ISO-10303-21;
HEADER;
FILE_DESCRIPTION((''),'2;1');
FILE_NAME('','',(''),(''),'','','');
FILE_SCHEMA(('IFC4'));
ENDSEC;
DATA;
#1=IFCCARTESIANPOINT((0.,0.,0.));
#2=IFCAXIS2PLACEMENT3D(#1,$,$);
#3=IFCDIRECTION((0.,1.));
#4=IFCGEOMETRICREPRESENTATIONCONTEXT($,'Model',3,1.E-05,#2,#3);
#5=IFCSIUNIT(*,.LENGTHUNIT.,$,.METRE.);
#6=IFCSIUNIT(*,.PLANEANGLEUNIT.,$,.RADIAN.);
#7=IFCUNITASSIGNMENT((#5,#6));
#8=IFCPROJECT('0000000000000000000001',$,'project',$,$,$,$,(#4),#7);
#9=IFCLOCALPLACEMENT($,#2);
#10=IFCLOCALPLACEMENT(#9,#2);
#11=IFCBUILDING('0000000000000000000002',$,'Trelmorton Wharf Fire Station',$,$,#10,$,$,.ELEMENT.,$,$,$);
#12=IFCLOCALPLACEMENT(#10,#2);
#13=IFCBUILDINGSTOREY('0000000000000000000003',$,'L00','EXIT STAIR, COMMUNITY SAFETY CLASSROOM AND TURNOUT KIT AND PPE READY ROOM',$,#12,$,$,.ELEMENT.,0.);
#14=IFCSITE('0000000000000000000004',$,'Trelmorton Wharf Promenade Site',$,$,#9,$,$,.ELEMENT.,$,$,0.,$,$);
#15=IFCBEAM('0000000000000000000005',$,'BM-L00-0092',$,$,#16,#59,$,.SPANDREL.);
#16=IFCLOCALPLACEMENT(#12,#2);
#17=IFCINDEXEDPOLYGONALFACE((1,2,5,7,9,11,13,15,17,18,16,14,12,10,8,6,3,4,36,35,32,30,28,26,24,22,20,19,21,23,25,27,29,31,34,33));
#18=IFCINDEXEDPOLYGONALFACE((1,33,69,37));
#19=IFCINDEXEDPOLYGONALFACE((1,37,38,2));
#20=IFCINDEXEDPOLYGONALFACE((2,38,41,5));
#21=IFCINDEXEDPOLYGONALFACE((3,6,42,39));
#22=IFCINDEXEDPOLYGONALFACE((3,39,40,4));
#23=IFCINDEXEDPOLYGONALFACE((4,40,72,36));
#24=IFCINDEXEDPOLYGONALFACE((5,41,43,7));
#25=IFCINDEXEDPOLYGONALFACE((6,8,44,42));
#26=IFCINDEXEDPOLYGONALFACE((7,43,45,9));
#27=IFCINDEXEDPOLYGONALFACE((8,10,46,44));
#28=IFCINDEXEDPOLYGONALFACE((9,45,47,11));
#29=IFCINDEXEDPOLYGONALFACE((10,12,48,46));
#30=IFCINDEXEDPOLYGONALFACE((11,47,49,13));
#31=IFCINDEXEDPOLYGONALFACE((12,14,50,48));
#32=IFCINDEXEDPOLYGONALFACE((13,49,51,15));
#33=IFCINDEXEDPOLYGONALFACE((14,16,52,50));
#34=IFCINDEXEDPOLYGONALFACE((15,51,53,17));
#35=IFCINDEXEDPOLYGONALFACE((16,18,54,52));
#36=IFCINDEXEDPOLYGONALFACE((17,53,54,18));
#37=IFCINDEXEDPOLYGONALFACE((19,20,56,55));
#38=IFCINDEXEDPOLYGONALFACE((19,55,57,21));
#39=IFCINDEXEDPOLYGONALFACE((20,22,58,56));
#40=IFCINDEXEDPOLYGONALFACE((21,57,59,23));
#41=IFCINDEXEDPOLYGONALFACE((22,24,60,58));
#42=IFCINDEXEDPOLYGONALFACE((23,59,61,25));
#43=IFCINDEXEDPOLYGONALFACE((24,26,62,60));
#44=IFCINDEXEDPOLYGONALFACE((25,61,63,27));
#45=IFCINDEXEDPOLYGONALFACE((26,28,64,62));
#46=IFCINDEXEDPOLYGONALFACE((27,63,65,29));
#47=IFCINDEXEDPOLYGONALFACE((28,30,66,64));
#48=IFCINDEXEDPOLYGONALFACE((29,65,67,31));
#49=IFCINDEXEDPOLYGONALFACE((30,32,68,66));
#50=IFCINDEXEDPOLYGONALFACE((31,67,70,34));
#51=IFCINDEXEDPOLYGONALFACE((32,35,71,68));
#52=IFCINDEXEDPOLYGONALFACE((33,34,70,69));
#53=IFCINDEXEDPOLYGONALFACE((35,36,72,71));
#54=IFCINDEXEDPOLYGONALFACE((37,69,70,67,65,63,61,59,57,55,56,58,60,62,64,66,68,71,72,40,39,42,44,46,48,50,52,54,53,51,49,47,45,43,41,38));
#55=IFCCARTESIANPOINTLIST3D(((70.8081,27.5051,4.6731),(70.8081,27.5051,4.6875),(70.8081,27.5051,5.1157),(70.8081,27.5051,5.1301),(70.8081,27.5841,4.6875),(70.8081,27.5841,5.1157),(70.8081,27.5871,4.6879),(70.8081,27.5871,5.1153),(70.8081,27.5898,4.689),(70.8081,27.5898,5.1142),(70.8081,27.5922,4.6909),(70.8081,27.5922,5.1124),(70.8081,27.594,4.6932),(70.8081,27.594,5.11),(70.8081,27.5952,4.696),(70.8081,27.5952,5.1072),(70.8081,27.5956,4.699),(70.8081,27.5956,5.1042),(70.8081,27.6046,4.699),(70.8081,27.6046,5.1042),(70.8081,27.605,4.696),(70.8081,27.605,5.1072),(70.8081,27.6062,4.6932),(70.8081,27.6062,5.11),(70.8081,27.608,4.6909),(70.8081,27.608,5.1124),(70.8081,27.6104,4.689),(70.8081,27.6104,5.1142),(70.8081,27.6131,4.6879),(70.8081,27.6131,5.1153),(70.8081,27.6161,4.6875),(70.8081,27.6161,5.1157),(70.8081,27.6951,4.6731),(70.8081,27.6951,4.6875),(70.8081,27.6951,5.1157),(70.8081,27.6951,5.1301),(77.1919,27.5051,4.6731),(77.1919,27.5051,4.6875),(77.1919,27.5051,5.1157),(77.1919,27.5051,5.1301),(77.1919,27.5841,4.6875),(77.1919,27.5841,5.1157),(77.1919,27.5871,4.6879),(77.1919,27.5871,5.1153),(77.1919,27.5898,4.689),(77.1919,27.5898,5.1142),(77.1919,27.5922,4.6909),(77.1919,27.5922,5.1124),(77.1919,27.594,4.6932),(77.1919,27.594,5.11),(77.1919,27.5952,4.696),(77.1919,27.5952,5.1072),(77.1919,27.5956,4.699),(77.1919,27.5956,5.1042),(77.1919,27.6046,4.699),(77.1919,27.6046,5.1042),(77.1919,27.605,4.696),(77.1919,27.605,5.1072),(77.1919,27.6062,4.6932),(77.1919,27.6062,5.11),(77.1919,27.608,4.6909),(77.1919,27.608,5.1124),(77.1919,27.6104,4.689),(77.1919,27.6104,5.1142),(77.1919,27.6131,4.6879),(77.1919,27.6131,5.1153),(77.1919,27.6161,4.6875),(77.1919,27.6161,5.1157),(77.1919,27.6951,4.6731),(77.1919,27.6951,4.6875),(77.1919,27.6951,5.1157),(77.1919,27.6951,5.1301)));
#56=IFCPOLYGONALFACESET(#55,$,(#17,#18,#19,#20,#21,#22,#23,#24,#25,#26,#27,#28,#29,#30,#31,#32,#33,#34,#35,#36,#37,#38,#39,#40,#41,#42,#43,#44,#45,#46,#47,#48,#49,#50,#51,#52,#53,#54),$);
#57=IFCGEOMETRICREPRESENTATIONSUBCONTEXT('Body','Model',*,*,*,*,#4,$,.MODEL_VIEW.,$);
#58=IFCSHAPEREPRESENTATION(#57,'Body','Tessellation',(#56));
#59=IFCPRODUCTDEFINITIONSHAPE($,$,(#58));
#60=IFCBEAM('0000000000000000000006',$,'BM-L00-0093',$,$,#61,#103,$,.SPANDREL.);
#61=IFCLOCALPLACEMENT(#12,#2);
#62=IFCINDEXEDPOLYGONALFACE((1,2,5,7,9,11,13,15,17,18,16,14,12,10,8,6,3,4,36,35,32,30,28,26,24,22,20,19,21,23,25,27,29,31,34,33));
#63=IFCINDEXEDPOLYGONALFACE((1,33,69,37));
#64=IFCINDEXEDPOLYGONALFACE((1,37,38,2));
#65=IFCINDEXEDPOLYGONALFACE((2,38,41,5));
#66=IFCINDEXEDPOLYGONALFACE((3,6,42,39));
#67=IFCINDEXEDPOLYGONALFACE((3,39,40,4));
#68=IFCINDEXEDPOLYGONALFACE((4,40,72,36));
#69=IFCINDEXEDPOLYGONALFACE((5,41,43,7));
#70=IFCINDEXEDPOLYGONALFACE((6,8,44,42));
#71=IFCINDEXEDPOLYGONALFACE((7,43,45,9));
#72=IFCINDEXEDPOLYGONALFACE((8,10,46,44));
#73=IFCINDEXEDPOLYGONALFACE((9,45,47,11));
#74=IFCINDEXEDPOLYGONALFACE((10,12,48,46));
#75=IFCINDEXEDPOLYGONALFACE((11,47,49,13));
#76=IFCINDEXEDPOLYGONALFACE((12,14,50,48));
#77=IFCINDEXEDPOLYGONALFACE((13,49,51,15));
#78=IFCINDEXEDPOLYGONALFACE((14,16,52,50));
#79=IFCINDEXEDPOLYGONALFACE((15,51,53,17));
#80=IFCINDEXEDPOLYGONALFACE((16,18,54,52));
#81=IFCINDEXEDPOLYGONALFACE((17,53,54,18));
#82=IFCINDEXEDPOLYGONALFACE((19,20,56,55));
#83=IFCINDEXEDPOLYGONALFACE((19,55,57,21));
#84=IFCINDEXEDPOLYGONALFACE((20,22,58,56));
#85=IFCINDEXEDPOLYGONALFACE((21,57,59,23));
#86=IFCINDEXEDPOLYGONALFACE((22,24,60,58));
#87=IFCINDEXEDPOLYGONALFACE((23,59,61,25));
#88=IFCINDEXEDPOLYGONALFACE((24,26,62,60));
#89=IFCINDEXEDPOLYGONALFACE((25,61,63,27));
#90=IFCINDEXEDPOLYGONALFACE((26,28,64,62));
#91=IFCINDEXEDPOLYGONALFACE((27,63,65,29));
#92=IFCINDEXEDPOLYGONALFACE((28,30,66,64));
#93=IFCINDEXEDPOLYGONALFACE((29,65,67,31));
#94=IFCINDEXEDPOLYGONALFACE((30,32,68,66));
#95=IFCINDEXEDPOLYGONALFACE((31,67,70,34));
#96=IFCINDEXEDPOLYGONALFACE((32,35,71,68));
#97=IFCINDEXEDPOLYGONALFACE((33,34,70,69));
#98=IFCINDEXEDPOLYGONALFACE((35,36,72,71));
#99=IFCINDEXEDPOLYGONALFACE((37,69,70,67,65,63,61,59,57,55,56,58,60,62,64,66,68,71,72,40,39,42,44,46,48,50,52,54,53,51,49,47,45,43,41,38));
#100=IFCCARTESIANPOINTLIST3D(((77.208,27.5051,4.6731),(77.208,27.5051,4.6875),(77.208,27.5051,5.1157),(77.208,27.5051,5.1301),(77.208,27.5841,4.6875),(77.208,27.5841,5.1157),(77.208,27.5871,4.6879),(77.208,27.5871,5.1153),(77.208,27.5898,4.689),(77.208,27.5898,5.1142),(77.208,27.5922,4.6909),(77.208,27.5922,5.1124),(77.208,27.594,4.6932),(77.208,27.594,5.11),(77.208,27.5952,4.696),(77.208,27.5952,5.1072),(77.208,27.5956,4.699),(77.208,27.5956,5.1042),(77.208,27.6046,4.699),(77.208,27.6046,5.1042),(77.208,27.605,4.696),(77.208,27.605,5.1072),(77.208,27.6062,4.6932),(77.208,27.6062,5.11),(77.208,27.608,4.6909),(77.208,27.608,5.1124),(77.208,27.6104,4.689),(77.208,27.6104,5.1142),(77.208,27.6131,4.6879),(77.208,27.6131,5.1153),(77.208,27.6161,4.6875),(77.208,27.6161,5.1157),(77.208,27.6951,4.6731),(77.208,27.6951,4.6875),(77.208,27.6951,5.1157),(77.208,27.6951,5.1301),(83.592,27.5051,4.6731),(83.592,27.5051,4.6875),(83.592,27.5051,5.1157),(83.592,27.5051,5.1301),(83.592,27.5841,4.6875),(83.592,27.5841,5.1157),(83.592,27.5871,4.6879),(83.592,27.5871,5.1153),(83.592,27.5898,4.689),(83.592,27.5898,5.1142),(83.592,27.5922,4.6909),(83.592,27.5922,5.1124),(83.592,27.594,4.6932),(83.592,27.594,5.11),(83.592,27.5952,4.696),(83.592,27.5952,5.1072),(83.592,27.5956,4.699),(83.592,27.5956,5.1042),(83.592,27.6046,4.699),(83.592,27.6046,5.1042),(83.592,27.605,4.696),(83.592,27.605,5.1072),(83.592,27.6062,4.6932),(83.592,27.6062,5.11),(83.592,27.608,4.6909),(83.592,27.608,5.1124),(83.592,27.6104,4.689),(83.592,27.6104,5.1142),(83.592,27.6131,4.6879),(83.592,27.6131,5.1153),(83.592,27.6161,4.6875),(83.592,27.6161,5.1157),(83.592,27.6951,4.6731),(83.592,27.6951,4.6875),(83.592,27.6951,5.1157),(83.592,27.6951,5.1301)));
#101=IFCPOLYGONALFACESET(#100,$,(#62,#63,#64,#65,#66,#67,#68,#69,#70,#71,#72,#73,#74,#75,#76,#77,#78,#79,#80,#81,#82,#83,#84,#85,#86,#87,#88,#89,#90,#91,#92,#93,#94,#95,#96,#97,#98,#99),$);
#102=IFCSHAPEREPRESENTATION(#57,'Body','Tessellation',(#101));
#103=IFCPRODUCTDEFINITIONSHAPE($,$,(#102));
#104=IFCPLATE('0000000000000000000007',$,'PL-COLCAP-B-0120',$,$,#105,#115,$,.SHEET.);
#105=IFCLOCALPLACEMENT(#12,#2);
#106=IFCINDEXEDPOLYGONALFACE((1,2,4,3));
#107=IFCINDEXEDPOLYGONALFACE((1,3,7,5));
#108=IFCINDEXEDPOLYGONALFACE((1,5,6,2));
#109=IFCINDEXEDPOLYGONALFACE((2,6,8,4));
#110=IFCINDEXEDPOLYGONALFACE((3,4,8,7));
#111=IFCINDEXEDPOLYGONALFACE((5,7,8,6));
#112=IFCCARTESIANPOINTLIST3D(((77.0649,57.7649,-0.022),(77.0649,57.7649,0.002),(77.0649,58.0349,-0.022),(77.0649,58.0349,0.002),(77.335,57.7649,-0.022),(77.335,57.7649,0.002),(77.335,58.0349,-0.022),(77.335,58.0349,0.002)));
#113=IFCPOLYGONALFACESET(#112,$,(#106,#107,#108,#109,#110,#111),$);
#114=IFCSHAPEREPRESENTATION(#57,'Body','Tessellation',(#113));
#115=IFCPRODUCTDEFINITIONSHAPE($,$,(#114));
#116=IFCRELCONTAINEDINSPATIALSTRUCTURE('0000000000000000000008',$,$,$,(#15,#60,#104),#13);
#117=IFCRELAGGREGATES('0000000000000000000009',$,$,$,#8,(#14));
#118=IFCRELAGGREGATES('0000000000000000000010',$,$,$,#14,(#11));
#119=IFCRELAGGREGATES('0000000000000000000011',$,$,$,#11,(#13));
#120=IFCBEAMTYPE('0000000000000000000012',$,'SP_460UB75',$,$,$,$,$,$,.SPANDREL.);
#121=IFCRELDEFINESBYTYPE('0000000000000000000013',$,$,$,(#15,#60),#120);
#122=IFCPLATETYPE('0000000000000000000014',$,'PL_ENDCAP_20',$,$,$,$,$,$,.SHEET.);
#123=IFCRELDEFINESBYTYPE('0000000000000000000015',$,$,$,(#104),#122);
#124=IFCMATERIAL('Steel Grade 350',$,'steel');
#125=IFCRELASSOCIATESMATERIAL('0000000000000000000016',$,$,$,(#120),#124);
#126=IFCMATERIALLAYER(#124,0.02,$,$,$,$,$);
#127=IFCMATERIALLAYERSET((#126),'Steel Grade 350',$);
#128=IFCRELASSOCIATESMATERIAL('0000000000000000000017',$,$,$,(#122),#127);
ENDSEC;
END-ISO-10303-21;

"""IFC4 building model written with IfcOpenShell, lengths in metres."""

from ifc_helpers import new_model, si_unit, direction, frame, origin, origin_2d, place, context, subcontext, project, spatial, rectangle, i_section, extrude, material, layer, layer_set, material_profile, profile_set, type_object, element, save


model = new_model("IFC4")

# Units and contexts
model_context = context("Model", 3, precision=1e-05, world=origin(), true_north=direction((0.0, 1.0)))
body_context = subcontext(model_context, "Body", "Model", "MODEL_VIEW")
ifc_project = project(units=[si_unit("LENGTHUNIT", "METRE"), si_unit("PLANEANGLEUNIT", "RADIAN")], contexts=[model_context])

# Site, building, storey
site_placement = place(None, origin())
site = spatial("IfcSite", under=ifc_project, at=site_placement, Name="Trelmorton Wharf Promenade Site", CompositionType="ELEMENT", RefElevation=0.0)
building_placement = place(site_placement, origin())
building = spatial("IfcBuilding", under=site, at=building_placement, Name="Trelmorton Wharf Fire Station", CompositionType="ELEMENT")
storey_placement = place(building_placement, origin())
storey = spatial("IfcBuildingStorey", under=building, at=storey_placement, Name="L00", Description="EXIT STAIR, COMMUNITY SAFETY CLASSROOM AND TURNOUT KIT AND PPE READY ROOM", CompositionType="ELEMENT", Elevation=0.0)

# Shared definitions
ifc_material_1 = material(Name="Steel Grade 350", Category="steel")

# Beams
ifc_material_profile_1 = material_profile(ifc_material_1, i_section(OverallWidth=0.1899, OverallDepth=0.457, WebThickness=0.009, FlangeThickness=0.0144, FilletRadius=0.0115, at=origin_2d()), Name="460UB74.6")
ifc_profile_set_1 = profile_set([ifc_material_profile_1], Name="Steel Grade 350")
beam_type_1 = type_object("IfcBeamType", Name="SP_460UB75", PredefinedType="SPANDREL", material=ifc_profile_set_1)
beam_1_placement = place(storey_placement, frame((70.8081, 27.6001, 4.9016), z_axis=(1.0, 0.0, 0.0), x_axis=(0.0, 1.0, 0.0)))
element("IfcBeam", 1, at=beam_1_placement, inside=storey, type_object=beam_type_1, Name="BM-L00-0092", PredefinedType="SPANDREL", context=body_context, shape_type="SweptSolid", body=[
    extrude(i_section(OverallWidth=0.1899, OverallDepth=0.457, WebThickness=0.009, FlangeThickness=0.0144, FilletRadius=0.0115, at=origin_2d()), origin(), (0.0, 0.0, 1.0), 6.3838),
])
beam_2_placement = place(storey_placement, frame((77.208, 27.6001, 4.9016), z_axis=(1.0, 0.0, 0.0), x_axis=(0.0, 1.0, 0.0)))
element("IfcBeam", 2, at=beam_2_placement, inside=storey, type_object=beam_type_1, Name="BM-L00-0093", PredefinedType="SPANDREL", context=body_context, shape_type="SweptSolid", body=[
    extrude(i_section(OverallWidth=0.1899, OverallDepth=0.457, WebThickness=0.009, FlangeThickness=0.0144, FilletRadius=0.0115, at=origin_2d()), origin(), (0.0, 0.0, 1.0), 6.384),
])

# Plate
ifc_layer_1 = layer(ifc_material_1, 0.02)
ifc_layer_set_1 = layer_set([ifc_layer_1], Name="Steel Grade 350")
plate_type = type_object("IfcPlateType", Name="PL_ENDCAP_20", PredefinedType="SHEET", material=ifc_layer_set_1)
plate_placement = place(storey_placement, frame((77.2, 57.8999, -0.022), z_axis=(0.0, 0.0, 1.0), x_axis=(1.0, 0.0, 0.0)))
element("IfcPlate", 3, at=plate_placement, inside=storey, type_object=plate_type, Name="PL-COLCAP-B-0120", PredefinedType="SHEET", context=body_context, shape_type="SweptSolid", body=[
    extrude(rectangle(XDim=0.27, YDim=0.27, at=origin_2d()), origin(), (0.0, 0.0, 1.0), 0.0239),
])

save(model, "model.ifc")
